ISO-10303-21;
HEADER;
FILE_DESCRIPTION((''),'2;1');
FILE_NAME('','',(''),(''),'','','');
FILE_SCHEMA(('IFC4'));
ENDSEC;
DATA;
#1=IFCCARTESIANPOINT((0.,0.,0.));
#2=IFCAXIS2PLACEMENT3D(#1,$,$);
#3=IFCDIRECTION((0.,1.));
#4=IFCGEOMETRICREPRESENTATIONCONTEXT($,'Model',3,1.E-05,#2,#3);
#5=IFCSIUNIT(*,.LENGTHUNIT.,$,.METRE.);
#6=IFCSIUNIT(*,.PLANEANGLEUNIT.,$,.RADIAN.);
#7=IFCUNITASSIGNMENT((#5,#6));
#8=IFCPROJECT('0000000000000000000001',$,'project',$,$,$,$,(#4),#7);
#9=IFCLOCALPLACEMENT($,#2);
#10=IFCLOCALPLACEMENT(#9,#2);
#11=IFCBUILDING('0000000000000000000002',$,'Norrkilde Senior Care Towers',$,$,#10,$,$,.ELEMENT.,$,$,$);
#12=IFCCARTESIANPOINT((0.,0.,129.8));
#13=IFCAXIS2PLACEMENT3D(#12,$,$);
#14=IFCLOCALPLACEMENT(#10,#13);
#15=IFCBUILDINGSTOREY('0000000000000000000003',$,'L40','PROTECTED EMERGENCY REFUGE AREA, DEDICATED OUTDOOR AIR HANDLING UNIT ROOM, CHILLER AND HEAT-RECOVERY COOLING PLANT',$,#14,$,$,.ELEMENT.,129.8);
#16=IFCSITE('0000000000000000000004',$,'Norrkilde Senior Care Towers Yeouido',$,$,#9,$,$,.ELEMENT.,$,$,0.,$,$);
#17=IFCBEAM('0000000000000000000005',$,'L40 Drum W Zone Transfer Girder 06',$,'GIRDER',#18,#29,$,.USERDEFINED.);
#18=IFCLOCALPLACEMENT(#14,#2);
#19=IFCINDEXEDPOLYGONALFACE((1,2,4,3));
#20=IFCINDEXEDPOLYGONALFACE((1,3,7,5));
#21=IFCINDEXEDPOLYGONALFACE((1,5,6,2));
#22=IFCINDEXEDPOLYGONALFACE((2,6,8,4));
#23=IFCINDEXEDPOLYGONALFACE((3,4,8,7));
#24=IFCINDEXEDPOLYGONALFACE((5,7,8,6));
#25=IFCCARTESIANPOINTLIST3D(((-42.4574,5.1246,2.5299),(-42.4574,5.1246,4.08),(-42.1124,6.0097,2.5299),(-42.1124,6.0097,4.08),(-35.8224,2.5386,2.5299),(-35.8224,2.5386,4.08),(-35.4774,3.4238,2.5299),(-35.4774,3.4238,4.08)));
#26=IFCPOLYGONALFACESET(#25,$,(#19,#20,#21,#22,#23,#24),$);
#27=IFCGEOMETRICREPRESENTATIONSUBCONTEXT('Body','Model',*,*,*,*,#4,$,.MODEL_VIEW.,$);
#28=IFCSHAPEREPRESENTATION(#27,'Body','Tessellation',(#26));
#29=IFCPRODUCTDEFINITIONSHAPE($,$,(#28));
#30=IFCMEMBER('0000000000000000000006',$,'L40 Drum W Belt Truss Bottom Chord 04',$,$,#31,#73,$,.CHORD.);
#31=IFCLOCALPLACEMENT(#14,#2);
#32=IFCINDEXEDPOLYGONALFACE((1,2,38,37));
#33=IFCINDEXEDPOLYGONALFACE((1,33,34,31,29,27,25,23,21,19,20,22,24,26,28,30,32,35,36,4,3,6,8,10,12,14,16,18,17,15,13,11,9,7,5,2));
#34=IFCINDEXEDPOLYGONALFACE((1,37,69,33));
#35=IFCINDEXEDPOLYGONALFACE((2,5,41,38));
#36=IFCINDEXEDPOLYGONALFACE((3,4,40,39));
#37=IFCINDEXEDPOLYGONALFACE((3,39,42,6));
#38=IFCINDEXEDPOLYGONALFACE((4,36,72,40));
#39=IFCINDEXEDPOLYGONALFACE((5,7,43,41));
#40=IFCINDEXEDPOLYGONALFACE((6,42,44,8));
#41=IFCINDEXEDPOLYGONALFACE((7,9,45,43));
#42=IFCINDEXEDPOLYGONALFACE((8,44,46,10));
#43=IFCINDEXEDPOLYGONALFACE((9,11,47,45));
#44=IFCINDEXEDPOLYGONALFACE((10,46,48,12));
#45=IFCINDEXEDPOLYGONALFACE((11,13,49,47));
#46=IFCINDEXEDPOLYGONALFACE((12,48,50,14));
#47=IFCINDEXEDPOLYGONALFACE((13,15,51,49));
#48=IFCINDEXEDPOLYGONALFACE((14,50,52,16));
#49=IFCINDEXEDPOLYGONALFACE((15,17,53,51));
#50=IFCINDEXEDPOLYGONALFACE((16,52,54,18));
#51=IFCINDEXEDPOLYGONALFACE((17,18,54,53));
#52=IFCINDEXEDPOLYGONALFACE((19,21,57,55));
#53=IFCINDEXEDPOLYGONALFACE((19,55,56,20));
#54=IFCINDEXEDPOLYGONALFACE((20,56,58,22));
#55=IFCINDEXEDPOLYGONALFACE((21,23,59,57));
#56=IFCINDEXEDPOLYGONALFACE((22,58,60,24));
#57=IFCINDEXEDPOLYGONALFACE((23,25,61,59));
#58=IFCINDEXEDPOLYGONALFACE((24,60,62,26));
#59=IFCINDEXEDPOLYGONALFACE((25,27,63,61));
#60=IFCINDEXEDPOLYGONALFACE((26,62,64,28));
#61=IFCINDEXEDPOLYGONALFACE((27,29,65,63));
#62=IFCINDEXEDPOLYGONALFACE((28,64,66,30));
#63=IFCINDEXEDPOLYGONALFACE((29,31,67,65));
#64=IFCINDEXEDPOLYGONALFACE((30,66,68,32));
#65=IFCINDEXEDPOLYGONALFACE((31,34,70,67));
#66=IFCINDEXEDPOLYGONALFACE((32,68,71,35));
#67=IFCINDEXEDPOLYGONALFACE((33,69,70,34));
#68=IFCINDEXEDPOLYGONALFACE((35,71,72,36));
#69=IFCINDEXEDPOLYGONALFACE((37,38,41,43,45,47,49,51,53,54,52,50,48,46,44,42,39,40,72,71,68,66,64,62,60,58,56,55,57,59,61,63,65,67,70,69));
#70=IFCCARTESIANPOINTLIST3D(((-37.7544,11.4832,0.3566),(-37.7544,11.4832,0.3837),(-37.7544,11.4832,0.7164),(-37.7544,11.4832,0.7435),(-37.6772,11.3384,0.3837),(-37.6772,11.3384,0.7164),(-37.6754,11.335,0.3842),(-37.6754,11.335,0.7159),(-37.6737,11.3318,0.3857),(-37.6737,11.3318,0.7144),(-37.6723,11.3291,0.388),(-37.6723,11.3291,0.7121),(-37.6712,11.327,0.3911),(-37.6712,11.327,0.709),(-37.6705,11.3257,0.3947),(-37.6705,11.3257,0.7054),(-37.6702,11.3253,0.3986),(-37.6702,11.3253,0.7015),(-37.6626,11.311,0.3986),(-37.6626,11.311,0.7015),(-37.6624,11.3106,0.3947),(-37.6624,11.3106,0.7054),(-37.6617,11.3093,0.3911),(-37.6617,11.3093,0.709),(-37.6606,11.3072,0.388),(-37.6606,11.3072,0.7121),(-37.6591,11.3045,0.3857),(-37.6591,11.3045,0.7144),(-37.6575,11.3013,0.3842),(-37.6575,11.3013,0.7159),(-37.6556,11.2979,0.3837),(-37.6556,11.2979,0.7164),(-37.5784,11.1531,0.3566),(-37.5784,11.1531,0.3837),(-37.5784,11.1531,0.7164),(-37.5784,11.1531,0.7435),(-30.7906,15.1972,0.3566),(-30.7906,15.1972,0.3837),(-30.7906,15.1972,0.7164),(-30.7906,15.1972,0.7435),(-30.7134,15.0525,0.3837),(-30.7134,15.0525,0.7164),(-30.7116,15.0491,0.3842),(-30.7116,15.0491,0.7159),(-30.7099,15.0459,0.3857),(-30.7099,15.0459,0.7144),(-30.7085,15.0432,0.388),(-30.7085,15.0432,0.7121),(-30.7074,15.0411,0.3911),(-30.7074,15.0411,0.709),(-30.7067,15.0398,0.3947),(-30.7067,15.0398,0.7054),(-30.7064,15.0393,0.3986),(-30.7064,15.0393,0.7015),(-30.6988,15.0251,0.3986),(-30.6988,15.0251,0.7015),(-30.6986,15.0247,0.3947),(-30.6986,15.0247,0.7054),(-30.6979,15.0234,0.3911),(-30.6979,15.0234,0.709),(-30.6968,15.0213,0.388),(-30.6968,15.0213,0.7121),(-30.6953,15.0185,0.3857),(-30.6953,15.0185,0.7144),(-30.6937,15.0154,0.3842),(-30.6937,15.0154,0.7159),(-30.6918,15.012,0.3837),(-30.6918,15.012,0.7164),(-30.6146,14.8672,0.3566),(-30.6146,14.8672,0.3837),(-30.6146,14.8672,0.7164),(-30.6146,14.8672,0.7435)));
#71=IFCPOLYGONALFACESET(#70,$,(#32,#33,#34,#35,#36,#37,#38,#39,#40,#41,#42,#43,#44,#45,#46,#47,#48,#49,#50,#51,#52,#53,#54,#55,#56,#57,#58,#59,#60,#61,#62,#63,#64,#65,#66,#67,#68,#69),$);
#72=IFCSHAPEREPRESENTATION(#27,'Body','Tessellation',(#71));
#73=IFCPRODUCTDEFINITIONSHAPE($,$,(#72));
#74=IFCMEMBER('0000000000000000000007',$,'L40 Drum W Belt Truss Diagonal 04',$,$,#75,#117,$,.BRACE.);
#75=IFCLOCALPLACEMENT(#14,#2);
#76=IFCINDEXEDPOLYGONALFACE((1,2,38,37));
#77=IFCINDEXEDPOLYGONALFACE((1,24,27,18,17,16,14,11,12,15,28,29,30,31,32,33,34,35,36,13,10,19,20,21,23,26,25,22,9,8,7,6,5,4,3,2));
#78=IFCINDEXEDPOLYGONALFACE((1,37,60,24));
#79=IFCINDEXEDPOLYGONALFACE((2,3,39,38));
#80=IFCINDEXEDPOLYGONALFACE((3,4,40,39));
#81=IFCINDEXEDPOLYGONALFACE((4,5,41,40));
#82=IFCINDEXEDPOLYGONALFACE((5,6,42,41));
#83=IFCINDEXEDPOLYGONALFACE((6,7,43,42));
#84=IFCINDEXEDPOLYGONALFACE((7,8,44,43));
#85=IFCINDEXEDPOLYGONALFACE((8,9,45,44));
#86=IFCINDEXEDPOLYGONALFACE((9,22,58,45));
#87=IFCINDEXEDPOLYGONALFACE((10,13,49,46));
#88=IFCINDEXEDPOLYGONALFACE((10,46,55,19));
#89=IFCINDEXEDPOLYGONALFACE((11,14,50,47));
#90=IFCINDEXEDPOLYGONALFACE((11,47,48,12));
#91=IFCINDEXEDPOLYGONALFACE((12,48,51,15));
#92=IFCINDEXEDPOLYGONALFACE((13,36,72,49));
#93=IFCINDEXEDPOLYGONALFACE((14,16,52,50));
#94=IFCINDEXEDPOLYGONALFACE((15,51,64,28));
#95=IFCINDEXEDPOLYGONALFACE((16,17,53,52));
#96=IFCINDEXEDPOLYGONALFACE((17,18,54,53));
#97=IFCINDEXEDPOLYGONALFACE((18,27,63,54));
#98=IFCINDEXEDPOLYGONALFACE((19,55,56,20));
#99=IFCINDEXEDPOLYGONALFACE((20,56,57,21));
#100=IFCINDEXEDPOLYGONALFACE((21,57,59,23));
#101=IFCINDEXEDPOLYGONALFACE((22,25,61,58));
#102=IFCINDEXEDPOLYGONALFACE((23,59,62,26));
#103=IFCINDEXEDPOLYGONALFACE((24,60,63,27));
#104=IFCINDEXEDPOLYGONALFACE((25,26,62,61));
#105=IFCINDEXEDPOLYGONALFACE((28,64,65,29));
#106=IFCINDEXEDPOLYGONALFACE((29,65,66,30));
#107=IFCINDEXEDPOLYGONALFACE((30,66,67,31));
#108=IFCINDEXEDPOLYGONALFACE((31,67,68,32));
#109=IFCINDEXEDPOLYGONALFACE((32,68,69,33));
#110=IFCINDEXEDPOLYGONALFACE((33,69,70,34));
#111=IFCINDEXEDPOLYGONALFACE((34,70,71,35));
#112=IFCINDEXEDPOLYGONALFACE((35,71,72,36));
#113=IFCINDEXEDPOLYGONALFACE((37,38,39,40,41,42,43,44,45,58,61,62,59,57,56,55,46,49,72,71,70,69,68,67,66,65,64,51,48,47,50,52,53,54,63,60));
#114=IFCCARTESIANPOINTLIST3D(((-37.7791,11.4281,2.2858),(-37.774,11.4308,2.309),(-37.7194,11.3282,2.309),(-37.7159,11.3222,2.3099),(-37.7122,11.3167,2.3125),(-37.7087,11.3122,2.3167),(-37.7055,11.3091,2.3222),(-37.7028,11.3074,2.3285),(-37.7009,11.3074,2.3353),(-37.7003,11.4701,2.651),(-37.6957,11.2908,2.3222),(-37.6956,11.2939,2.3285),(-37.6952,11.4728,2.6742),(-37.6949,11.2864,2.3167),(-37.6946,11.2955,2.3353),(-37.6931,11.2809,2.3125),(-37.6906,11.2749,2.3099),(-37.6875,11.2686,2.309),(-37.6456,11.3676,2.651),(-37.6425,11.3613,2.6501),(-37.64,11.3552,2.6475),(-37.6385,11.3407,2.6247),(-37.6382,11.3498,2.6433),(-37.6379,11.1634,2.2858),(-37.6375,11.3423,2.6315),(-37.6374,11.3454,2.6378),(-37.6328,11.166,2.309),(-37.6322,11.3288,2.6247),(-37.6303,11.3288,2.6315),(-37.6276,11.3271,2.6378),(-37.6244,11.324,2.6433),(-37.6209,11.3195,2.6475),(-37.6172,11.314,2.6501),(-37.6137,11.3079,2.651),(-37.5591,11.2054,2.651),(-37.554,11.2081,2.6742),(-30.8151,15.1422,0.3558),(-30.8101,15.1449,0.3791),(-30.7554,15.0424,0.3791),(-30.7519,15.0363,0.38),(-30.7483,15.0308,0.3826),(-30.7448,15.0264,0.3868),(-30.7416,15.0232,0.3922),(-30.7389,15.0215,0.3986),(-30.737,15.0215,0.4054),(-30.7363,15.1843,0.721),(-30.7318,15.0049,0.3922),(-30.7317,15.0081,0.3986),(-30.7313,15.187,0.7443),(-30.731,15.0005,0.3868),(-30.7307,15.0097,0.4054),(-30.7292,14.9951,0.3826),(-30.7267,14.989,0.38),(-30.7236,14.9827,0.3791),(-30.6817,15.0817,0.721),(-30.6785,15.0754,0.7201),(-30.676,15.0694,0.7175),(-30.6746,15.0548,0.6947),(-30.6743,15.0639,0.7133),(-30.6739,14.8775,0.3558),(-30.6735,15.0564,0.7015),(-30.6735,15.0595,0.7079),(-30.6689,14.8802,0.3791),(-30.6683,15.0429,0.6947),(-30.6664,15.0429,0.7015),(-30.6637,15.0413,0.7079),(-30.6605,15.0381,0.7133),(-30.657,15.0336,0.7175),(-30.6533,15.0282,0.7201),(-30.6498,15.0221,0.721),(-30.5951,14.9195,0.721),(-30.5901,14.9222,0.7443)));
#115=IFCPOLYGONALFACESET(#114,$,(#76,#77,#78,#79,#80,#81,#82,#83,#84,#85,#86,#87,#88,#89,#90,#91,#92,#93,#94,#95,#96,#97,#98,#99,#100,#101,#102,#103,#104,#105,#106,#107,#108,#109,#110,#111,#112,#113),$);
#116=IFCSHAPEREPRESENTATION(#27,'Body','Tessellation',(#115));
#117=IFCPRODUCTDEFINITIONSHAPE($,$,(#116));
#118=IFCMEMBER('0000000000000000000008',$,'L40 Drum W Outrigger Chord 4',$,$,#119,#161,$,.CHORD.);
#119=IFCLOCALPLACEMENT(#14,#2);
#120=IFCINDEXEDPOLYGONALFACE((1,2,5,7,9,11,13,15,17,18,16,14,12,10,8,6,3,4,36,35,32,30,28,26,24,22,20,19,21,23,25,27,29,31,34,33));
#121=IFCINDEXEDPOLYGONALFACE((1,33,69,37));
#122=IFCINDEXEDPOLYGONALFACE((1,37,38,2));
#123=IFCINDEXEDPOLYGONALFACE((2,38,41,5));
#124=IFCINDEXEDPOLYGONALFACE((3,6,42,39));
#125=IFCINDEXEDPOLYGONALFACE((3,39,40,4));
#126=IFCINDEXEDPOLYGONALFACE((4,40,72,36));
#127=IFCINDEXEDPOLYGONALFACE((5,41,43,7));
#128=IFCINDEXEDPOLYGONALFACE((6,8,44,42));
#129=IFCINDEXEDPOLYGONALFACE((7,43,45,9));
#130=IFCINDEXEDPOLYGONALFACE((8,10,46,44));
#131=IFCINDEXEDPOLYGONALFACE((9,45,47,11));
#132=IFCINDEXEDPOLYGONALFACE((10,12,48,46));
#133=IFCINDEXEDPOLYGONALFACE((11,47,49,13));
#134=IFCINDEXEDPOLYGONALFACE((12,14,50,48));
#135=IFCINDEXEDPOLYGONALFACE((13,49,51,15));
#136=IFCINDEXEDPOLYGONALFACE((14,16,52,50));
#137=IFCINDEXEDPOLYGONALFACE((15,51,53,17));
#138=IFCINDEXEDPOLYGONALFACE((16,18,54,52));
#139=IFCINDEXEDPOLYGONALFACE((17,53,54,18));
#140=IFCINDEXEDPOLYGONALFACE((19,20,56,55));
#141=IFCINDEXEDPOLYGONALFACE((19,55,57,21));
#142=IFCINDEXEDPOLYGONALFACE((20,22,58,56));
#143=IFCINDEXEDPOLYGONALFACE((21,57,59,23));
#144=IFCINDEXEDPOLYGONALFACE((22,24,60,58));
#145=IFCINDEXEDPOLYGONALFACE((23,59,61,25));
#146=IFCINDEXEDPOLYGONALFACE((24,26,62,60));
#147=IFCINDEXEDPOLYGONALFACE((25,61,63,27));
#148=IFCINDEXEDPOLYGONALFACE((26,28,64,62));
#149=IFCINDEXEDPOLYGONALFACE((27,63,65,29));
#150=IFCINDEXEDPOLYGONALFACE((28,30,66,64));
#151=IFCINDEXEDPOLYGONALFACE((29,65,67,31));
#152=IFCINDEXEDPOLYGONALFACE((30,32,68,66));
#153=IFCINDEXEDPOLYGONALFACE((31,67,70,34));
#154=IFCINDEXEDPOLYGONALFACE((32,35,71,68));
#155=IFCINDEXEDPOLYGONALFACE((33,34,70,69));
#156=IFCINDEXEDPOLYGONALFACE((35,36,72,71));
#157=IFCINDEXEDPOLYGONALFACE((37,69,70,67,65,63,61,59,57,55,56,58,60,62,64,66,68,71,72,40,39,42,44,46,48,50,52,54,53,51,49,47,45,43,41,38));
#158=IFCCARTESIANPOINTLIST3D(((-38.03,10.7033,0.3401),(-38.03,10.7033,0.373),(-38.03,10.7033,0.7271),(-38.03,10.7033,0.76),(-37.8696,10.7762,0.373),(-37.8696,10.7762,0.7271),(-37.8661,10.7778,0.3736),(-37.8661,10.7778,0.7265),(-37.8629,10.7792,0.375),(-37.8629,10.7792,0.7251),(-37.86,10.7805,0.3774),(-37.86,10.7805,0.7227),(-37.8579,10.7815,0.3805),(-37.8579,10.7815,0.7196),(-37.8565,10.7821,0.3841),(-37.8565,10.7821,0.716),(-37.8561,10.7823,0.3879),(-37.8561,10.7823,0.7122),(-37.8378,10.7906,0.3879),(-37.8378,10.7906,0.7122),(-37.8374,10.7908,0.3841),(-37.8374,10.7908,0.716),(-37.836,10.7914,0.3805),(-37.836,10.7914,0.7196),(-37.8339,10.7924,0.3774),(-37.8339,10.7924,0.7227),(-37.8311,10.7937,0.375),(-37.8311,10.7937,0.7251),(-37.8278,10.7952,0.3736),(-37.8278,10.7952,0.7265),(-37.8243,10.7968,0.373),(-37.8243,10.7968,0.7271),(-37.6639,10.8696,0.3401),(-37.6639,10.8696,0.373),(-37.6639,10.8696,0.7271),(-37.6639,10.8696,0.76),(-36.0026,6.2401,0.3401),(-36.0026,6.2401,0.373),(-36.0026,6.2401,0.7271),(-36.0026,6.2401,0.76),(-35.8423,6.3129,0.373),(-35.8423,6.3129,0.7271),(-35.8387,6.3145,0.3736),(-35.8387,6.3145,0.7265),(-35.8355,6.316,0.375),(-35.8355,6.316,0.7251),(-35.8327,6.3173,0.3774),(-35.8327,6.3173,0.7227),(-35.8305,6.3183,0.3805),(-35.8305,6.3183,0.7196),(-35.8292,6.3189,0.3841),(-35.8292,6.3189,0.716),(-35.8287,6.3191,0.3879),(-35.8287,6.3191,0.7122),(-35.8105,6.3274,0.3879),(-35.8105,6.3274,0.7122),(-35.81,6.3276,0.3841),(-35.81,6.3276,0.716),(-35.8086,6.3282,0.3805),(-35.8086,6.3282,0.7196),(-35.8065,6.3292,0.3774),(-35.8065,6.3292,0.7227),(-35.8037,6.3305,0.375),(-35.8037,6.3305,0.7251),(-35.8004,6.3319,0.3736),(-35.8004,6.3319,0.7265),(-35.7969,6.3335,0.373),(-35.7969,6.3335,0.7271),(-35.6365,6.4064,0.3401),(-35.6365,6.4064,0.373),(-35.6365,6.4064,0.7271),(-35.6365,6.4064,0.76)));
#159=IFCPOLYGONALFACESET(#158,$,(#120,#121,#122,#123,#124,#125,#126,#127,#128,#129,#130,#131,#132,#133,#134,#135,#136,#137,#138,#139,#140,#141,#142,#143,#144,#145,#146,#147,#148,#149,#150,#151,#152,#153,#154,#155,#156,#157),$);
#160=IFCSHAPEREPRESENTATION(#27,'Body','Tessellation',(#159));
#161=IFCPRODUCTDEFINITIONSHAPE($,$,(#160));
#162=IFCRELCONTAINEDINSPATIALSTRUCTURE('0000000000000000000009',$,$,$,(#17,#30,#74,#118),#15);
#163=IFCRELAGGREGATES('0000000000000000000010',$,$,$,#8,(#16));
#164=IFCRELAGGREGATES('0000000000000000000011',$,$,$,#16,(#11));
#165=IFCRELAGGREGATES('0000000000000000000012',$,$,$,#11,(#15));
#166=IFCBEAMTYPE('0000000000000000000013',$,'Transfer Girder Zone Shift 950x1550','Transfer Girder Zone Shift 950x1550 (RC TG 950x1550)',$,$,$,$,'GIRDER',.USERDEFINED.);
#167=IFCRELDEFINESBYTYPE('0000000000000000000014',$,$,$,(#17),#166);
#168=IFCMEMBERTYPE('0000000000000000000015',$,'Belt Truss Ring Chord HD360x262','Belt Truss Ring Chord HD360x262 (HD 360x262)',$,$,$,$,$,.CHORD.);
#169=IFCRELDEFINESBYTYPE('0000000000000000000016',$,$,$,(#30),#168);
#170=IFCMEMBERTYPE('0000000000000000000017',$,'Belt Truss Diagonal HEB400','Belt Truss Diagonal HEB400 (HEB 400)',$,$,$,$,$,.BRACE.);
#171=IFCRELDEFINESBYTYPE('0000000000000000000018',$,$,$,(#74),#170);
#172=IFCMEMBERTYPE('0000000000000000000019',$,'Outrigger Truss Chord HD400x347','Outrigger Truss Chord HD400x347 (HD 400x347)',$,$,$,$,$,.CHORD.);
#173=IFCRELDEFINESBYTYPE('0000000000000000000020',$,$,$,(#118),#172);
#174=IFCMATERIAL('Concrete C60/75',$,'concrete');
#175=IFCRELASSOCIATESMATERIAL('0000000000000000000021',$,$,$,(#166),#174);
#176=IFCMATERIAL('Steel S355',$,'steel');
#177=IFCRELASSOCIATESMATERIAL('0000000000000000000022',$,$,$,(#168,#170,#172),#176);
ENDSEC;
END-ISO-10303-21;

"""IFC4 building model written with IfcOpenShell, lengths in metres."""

from ifc_helpers import new_model, si_unit, direction, frame, origin, origin_2d, place, context, subcontext, project, spatial, rectangle, i_section, extrude, source, transform, mapped, material, material_profile, profile_set, type_object, type_shapes, element, save


model = new_model("IFC4")

# Units and contexts
model_context = context("Model", 3, precision=1e-05, world=origin(), true_north=direction((0.0, 1.0)))
body_context = subcontext(model_context, "Body", "Model", "MODEL_VIEW")
ifc_project = project(units=[si_unit("LENGTHUNIT", "METRE"), si_unit("PLANEANGLEUNIT", "RADIAN")], contexts=[model_context])

# Site, building, storey
site_placement = place(None, origin())
site = spatial("IfcSite", under=ifc_project, at=site_placement, Name="Norrkilde Senior Care Towers Yeouido", CompositionType="ELEMENT", RefElevation=0.0)
building_placement = place(site_placement, origin())
building = spatial("IfcBuilding", under=site, at=building_placement, Name="Norrkilde Senior Care Towers", CompositionType="ELEMENT")
storey_placement = place(building_placement, frame((0.0, 0.0, 129.8)))
storey = spatial("IfcBuildingStorey", under=building, at=storey_placement, Name="L40", Description="PROTECTED EMERGENCY REFUGE AREA, DEDICATED OUTDOOR AIR HANDLING UNIT ROOM, CHILLER AND HEAT-RECOVERY COOLING PLANT", CompositionType="ELEMENT", Elevation=129.8)

# Shared definitions
ifc_material_1 = material(Name="Concrete C60/75", Category="concrete")

# Shared definitions
ifc_material_profile_1 = material_profile(ifc_material_1, rectangle(XDim=0.95, YDim=1.55, at=origin_2d()), Name="RC TG 950x1550")
ifc_profile_set_1 = profile_set([ifc_material_profile_1], Name="Concrete C60/75")
beam_type_1 = type_object("IfcBeamType", Name="Transfer Girder Zone Shift 950x1550", Description="Transfer Girder Zone Shift 950x1550 (RC TG 950x1550)", ElementType="GIRDER", PredefinedType="USERDEFINED", material=ifc_profile_set_1)

# Shared definitions
ifc_material_2 = material(Name="Steel S355", Category="steel")

# Beam
shared_shape_1 = source(origin(), body_context, "Body", "SweptSolid", [
    extrude(rectangle(XDim=0.95, YDim=1.55, at=origin_2d()), origin(), (0.0, 0.0, 1.0), 7.1211),
])
beam_1_placement = place(storey_placement, frame((-35.6499, 2.9812, 3.3049), z_axis=(-0.931736, 0.363136, 0.0), x_axis=(-0.363136, -0.931736, 0.0)))
element("IfcBeam", 1, at=beam_1_placement, inside=storey, type_object=beam_type_1, Name="L40 Drum W Zone Transfer Girder 06", ObjectType="GIRDER", PredefinedType="USERDEFINED", context=body_context, shape_type="MappedRepresentation", body=[
    mapped(shared_shape_1, transform((0.0, 0.0, 0.0), x_axis=(1.0, 0.0, 0.0), y_axis=(0.0, 1.0, 0.0), z_axis=(0.0, 0.0, 1.0), scale=1.0)),
])

# Members
ifc_material_profile_2 = material_profile(ifc_material_2, i_section(OverallWidth=0.374, OverallDepth=0.387, WebThickness=0.0161, FlangeThickness=0.0271, FilletRadius=0.0149, at=origin_2d()), Name="HD 360x262")
ifc_profile_set_2 = profile_set([ifc_material_profile_2], Name="Steel S355")
member_type_1 = type_object("IfcMemberType", Name="Belt Truss Ring Chord HD360x262", Description="Belt Truss Ring Chord HD360x262 (HD 360x262)", PredefinedType="CHORD", material=ifc_profile_set_2)
shared_shape_2 = source(origin(), body_context, "Body", "SweptSolid", [
    extrude(i_section(OverallWidth=0.374, OverallDepth=0.387, WebThickness=0.0161, FlangeThickness=0.0271, FilletRadius=0.0149, at=origin_2d()), origin(), (0.0, 0.0, 1.0), 7.8923),
])
type_shapes(member_type_1, [shared_shape_2])
member_1_placement = place(storey_placement, frame((-30.7026, 15.0322, 0.55), z_axis=(-0.88235, -0.470593, 0.0), x_axis=(0.470593, -0.88235, 0.0)))
element("IfcMember", 2, at=member_1_placement, inside=storey, type_object=member_type_1, Name="L40 Drum W Belt Truss Bottom Chord 04", PredefinedType="CHORD", context=body_context, shape_type="MappedRepresentation", body=[
    mapped(shared_shape_2, transform((0.0, 0.0, 0.0), x_axis=(1.0, 0.0, 0.0), y_axis=(0.0, 1.0, 0.0), z_axis=(0.0, 0.0, 1.0), scale=1.0)),
])
ifc_material_profile_3 = material_profile(ifc_material_2, i_section(OverallWidth=0.3, OverallDepth=0.3999, WebThickness=0.0134, FlangeThickness=0.0239, FilletRadius=0.0271, at=origin_2d()), Name="HEB 400")
ifc_profile_set_3 = profile_set([ifc_material_profile_3], Name="Steel S355")
member_type_2 = type_object("IfcMemberType", Name="Belt Truss Diagonal HEB400", Description="Belt Truss Diagonal HEB400 (HEB 400)", PredefinedType="BRACE", material=ifc_profile_set_3)
shared_shape_3 = source(origin(), body_context, "Body", "SweptSolid", [
    extrude(i_section(OverallWidth=0.3, OverallDepth=0.3999, WebThickness=0.0134, FlangeThickness=0.0239, FilletRadius=0.0271, at=origin_2d()), origin(), (0.0, 0.0, 1.0), 8.125),
])
type_shapes(member_type_2, [shared_shape_3])
member_2_placement = place(storey_placement, frame((-30.7026, 15.0322, 0.55), z_axis=(-0.857097, -0.457125, 0.237532), x_axis=(0.470593, -0.88235, 0.0)))
element("IfcMember", 3, at=member_2_placement, inside=storey, type_object=member_type_2, Name="L40 Drum W Belt Truss Diagonal 04", PredefinedType="BRACE", context=body_context, shape_type="MappedRepresentation", body=[
    mapped(shared_shape_3, transform((0.0, 0.0, 0.0), x_axis=(1.0, 0.0, 0.0), y_axis=(0.0, 1.0, 0.0), z_axis=(0.0, 0.0, 1.0), scale=1.0)),
])
ifc_material_profile_4 = material_profile(ifc_material_2, i_section(OverallWidth=0.4021, OverallDepth=0.4199, WebThickness=0.02, FlangeThickness=0.033, FilletRadius=0.0149, at=origin_2d()), Name="HD 400x347")
ifc_profile_set_4 = profile_set([ifc_material_profile_4], Name="Steel S355")
member_type_3 = type_object("IfcMemberType", Name="Outrigger Truss Chord HD400x347", Description="Outrigger Truss Chord HD400x347 (HD 400x347)", PredefinedType="CHORD", material=ifc_profile_set_4)
shared_shape_4 = source(origin(), body_context, "Body", "SweptSolid", [
    extrude(i_section(OverallWidth=0.4021, OverallDepth=0.4199, WebThickness=0.02, FlangeThickness=0.033, FilletRadius=0.0149, at=origin_2d()), origin(), (0.0, 0.0, 1.0), 4.9021),
])
type_shapes(member_type_3, [shared_shape_4])
member_3_placement = place(storey_placement, frame((-35.8196, 6.3232, 0.55), z_axis=(-0.413574, 0.91047, 0.0), x_axis=(-0.91047, -0.413574, 0.0)))
element("IfcMember", 4, at=member_3_placement, inside=storey, type_object=member_type_3, Name="L40 Drum W Outrigger Chord 4", PredefinedType="CHORD", context=body_context, shape_type="MappedRepresentation", body=[
    mapped(shared_shape_4, transform((0.0, 0.0, 0.0), x_axis=(1.0, 0.0, 0.0), y_axis=(0.0, 1.0, 0.0), z_axis=(0.0, 0.0, 1.0), scale=1.0)),
])

save(model, "model.ifc")
